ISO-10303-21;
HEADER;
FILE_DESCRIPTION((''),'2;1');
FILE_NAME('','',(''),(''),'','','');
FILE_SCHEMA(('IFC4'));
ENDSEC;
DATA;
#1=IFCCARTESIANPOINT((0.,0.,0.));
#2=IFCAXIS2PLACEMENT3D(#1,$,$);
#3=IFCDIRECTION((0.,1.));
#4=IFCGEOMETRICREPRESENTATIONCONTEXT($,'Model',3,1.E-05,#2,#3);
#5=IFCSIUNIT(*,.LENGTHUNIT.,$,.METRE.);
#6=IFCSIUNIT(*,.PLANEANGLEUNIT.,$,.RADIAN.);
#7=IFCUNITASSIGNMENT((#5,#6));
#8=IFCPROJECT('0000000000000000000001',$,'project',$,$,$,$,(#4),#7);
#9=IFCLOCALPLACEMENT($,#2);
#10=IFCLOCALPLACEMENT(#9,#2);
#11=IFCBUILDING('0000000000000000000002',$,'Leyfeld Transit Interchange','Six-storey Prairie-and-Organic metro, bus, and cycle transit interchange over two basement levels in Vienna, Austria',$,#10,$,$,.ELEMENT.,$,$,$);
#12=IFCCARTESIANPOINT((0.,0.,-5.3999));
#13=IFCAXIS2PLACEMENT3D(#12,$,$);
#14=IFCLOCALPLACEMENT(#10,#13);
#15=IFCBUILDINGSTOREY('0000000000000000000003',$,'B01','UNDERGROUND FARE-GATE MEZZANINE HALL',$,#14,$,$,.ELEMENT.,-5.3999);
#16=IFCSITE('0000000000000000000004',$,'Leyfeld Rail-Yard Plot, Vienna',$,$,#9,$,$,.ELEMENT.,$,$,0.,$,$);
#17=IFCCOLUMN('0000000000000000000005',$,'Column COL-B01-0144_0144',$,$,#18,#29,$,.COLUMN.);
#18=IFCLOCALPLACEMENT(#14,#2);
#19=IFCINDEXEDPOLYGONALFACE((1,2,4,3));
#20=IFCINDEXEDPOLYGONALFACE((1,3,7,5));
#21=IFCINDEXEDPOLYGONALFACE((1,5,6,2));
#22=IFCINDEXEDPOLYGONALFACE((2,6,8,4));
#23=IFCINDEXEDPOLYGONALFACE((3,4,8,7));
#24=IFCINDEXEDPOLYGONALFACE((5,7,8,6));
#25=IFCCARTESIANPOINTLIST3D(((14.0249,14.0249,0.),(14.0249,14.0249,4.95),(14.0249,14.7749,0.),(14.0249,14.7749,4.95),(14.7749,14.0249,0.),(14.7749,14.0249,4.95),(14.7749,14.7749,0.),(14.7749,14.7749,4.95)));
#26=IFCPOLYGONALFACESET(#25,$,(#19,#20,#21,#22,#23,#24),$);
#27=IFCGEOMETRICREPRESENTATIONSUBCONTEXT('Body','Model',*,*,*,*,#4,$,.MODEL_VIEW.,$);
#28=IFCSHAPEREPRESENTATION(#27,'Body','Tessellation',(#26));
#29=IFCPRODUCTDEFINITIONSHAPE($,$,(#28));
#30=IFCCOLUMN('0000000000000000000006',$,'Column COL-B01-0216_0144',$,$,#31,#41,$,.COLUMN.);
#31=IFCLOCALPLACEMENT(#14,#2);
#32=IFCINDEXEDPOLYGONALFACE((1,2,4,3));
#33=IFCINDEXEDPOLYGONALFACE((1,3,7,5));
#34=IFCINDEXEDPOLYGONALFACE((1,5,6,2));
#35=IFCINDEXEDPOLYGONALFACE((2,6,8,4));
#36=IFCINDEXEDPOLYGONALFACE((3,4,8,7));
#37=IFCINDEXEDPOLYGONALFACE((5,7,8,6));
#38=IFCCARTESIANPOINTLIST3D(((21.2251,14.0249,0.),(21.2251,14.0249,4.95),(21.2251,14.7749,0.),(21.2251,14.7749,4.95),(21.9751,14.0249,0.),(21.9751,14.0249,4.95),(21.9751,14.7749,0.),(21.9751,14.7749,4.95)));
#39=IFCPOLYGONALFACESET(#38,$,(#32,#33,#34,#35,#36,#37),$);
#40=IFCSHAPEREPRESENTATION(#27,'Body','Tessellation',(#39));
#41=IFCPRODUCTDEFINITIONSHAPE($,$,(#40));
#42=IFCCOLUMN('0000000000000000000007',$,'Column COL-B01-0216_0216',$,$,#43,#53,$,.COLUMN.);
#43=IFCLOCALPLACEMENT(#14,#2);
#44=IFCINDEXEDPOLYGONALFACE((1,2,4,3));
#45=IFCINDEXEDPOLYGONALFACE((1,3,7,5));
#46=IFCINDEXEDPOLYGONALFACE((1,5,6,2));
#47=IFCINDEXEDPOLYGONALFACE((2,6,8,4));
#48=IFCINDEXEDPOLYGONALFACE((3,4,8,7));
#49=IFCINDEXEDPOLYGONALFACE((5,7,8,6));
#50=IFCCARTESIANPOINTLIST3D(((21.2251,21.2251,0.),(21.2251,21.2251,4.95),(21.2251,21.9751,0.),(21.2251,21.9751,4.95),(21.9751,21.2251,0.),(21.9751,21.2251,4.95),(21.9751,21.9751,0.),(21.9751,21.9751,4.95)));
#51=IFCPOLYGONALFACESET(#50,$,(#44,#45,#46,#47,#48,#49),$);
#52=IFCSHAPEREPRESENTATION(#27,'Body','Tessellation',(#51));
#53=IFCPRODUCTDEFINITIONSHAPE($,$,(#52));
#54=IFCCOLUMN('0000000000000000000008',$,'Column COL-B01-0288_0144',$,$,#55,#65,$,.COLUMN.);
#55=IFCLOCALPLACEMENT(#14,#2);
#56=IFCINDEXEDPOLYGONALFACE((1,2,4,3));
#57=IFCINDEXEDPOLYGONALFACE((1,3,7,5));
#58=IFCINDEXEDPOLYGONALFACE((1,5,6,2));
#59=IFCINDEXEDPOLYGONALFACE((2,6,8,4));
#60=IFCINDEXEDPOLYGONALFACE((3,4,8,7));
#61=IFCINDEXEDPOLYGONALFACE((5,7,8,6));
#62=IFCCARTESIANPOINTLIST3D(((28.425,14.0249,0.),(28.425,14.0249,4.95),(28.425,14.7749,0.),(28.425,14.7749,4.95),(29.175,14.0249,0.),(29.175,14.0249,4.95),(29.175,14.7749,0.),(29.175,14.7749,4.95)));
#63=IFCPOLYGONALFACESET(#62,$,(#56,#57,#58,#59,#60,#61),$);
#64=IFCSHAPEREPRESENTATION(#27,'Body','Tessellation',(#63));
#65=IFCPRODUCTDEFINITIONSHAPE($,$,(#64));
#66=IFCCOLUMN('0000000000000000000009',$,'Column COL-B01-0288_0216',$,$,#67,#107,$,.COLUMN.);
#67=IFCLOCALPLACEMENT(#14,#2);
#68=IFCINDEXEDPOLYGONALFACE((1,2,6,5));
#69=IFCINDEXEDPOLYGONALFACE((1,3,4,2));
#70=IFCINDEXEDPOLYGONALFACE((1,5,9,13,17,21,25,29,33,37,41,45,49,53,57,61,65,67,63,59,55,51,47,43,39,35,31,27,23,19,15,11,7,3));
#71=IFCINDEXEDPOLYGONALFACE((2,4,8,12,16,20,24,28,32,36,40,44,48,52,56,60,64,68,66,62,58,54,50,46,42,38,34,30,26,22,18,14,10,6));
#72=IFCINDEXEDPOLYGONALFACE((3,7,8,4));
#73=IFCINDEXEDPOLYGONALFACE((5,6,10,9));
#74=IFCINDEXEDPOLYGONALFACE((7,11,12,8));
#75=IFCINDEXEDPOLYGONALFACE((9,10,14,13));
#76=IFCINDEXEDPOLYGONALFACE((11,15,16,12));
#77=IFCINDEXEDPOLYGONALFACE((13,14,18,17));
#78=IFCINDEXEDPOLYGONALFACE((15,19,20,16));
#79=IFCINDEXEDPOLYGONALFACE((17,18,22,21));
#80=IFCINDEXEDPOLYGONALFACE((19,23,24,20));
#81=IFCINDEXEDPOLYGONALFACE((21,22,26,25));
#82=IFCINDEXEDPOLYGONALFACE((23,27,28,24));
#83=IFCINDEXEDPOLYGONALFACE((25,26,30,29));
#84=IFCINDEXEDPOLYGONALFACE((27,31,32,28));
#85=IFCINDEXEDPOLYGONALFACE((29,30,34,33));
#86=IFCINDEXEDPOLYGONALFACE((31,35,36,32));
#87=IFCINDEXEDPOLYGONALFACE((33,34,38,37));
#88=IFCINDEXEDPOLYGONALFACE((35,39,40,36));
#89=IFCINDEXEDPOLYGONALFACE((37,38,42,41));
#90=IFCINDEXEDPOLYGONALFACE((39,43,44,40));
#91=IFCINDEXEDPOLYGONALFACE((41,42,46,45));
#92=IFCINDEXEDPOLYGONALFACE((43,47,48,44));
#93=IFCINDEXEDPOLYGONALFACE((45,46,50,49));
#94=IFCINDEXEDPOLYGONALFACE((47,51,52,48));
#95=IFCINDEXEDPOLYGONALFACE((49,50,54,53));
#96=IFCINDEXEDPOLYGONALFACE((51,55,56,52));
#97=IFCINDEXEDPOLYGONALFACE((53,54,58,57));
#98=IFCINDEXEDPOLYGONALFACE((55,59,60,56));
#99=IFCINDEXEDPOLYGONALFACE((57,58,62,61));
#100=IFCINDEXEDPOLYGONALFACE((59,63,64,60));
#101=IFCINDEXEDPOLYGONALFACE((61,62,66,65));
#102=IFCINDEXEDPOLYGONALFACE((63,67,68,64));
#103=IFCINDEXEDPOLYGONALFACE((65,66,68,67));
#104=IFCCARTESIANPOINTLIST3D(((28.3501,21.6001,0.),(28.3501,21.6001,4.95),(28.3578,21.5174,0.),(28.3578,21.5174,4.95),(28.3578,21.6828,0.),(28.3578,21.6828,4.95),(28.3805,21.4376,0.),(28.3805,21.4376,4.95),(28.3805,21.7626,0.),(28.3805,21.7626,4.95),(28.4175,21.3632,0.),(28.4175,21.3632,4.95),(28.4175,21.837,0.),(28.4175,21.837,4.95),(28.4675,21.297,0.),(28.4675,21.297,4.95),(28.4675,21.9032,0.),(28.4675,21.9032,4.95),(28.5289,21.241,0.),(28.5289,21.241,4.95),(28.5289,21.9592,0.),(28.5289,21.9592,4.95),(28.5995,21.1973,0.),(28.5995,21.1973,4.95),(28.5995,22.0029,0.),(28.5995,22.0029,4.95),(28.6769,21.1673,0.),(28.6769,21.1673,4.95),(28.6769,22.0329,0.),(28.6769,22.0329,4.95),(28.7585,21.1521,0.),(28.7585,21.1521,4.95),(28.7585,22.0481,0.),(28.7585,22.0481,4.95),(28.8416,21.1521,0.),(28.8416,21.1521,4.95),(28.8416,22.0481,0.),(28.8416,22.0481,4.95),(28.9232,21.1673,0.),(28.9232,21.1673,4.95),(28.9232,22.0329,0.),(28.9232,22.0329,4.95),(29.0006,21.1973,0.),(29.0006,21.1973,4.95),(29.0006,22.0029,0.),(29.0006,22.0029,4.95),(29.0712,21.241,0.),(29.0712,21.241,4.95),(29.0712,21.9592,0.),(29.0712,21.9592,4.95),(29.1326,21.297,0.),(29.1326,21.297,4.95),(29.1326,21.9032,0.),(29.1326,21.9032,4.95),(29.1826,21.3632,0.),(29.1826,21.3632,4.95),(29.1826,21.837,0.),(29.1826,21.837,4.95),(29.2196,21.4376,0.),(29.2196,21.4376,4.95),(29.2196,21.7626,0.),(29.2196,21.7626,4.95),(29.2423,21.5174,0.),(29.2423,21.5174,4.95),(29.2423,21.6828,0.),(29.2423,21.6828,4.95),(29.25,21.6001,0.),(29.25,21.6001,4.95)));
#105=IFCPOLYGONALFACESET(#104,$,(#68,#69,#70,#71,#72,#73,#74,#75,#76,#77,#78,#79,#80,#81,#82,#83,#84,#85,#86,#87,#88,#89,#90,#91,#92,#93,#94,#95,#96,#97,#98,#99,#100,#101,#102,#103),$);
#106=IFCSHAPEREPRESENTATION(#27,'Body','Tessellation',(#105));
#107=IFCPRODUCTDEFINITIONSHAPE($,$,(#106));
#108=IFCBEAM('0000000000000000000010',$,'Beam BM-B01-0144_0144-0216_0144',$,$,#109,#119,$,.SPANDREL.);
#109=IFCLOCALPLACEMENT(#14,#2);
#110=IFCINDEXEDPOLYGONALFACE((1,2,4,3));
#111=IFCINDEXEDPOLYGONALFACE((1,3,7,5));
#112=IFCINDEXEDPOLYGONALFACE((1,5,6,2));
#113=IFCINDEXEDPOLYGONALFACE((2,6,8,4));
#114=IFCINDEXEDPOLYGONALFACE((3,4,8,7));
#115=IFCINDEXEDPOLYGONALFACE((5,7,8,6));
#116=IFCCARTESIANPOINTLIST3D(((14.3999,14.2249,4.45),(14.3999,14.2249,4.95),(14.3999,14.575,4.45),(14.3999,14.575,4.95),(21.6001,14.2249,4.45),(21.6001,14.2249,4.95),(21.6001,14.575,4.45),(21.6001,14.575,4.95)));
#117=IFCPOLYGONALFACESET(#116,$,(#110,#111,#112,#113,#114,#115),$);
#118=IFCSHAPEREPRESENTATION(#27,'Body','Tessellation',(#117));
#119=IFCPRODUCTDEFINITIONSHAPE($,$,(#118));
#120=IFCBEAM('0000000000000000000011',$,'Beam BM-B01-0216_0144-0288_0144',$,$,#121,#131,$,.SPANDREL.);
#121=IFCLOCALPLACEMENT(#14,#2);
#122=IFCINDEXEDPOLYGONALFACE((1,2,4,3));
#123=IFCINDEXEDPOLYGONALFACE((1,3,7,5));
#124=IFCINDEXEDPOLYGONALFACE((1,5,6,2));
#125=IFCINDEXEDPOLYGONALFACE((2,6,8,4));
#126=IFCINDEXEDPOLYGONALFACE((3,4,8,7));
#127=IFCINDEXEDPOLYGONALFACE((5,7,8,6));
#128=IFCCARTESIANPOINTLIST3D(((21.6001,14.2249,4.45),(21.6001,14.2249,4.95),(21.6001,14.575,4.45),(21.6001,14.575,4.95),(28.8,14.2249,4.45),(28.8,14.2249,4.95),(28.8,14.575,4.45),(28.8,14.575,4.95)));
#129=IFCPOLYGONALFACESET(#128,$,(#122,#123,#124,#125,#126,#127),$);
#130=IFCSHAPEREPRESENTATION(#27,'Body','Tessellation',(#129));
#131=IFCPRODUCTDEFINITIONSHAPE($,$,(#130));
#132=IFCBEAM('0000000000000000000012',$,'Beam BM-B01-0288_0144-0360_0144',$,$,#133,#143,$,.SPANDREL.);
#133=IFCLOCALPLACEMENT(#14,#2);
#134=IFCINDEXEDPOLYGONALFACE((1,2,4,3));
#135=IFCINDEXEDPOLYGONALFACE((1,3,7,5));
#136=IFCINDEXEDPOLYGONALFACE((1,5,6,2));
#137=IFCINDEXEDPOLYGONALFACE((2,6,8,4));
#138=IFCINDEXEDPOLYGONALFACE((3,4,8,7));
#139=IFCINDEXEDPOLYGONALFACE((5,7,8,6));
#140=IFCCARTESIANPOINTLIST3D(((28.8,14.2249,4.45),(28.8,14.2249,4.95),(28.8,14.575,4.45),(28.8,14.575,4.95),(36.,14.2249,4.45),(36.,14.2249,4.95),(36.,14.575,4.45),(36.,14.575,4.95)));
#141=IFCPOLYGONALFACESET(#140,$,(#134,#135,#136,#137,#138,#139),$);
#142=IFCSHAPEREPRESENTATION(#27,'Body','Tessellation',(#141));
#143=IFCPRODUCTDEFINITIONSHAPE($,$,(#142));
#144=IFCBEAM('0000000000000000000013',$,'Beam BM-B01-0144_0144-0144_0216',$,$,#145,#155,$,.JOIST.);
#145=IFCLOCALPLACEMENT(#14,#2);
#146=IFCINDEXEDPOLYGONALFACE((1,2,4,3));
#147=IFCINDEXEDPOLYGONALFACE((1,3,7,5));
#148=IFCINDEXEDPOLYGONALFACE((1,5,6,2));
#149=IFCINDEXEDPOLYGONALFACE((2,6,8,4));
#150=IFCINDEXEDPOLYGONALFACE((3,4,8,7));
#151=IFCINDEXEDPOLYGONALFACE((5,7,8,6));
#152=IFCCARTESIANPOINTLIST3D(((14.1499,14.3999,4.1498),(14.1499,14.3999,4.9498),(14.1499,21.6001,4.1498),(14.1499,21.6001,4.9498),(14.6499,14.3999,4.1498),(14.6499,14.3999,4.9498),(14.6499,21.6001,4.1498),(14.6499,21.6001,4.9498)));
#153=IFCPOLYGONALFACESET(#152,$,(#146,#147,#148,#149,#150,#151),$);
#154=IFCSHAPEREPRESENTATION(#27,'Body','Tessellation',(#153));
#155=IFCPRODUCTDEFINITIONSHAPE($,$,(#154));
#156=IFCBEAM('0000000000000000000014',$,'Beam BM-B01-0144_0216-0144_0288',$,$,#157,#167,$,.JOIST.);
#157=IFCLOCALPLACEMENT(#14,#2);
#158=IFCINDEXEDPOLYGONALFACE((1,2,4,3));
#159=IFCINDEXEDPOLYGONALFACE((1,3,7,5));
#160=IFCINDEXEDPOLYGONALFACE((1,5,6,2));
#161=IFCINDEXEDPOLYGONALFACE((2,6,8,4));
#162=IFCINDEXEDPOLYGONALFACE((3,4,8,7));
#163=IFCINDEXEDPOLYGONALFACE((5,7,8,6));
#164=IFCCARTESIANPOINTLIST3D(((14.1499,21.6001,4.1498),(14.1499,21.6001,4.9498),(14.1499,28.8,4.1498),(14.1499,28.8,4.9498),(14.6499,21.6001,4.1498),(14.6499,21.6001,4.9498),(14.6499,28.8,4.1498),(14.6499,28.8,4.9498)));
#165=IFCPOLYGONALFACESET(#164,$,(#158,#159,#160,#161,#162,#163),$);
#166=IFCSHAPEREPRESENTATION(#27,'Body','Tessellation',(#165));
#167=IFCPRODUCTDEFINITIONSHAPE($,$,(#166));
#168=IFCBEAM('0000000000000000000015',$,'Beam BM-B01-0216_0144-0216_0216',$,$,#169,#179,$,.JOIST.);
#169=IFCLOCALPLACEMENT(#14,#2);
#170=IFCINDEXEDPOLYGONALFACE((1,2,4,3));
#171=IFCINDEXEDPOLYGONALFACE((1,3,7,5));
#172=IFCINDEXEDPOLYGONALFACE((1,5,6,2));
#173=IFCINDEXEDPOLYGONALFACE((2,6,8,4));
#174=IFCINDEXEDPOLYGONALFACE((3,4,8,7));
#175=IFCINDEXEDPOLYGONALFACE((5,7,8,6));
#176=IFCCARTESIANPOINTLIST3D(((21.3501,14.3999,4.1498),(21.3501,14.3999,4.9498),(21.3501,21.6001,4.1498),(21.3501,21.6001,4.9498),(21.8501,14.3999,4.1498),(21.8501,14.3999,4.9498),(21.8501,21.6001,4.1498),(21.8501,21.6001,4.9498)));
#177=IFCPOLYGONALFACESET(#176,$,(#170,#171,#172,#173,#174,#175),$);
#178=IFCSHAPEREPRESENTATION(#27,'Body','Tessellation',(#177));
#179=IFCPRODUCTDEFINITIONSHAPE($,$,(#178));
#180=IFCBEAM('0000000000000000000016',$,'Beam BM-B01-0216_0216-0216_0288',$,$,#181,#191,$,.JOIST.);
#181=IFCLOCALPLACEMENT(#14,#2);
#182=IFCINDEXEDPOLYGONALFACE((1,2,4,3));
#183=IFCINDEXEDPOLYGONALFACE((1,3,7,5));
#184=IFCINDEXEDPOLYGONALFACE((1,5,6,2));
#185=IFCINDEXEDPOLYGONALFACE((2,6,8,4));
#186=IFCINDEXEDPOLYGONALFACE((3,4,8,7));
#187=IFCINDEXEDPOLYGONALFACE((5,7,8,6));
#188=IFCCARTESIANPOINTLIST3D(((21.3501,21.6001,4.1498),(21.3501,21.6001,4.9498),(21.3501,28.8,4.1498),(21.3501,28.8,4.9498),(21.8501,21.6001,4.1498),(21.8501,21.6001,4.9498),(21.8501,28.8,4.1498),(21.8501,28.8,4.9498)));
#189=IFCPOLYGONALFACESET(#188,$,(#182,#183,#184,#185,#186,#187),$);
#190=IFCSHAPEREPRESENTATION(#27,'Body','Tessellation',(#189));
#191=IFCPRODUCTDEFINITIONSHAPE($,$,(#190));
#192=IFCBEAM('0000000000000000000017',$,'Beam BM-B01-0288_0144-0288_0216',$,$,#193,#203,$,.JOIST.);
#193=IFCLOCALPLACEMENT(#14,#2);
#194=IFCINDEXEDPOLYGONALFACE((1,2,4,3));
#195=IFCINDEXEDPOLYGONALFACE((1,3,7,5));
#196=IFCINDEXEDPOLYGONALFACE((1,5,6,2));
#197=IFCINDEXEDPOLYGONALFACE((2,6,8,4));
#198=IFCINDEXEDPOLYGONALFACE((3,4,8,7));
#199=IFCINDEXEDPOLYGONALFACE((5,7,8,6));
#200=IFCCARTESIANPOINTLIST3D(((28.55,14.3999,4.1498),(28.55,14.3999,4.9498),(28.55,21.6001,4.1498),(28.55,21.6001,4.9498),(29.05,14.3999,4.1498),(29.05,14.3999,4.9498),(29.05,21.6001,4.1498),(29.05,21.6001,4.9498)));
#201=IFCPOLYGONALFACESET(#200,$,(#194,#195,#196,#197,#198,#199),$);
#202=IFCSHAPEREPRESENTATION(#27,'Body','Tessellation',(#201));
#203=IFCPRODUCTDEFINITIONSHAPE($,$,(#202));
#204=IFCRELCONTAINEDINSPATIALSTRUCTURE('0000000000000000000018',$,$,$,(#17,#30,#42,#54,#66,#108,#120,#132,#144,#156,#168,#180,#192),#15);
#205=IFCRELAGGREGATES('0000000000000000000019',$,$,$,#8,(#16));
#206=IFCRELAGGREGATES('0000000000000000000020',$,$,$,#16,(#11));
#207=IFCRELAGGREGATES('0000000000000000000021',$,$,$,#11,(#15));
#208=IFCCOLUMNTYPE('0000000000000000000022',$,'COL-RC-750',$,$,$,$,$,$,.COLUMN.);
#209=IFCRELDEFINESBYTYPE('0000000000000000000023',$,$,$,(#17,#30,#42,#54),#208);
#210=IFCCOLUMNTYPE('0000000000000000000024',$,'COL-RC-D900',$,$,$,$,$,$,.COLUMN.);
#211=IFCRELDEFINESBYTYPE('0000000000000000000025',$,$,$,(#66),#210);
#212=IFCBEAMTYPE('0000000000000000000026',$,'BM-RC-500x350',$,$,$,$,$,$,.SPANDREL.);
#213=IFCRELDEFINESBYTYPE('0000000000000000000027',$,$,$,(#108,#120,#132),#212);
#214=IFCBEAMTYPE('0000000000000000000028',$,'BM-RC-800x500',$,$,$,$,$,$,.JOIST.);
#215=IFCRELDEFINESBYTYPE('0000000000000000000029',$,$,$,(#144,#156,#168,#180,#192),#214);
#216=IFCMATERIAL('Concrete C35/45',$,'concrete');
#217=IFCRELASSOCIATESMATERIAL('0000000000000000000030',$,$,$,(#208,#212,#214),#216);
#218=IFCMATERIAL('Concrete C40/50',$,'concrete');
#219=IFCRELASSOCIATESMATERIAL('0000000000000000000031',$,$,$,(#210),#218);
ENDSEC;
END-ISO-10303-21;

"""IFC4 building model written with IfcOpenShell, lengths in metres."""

from ifc_helpers import new_model, si_unit, direction, frame, origin, origin_2d, place, context, subcontext, project, spatial, rectangle, circle, extrude, material, material_profile, profile_set, type_object, element, save


model = new_model("IFC4")

# Units and contexts
model_context = context("Model", 3, precision=1e-05, world=origin(), true_north=direction((0.0, 1.0)))
body_context = subcontext(model_context, "Body", "Model", "MODEL_VIEW")
ifc_project = project(units=[si_unit("LENGTHUNIT", "METRE"), si_unit("PLANEANGLEUNIT", "RADIAN")], contexts=[model_context])

# Site, building, storey
site_placement = place(None, origin())
site = spatial("IfcSite", under=ifc_project, at=site_placement, Name="Leyfeld Rail-Yard Plot, Vienna", CompositionType="ELEMENT", RefElevation=0.0)
building_placement = place(site_placement, origin())
building = spatial("IfcBuilding", under=site, at=building_placement, Name="Leyfeld Transit Interchange", Description="Six-storey Prairie-and-Organic metro, bus, and cycle transit interchange over two basement levels in Vienna, Austria", CompositionType="ELEMENT")
storey_placement = place(building_placement, frame((0.0, 0.0, -5.3999)))
storey = spatial("IfcBuildingStorey", under=building, at=storey_placement, Name="B01", Description="UNDERGROUND FARE-GATE MEZZANINE HALL", CompositionType="ELEMENT", Elevation=-5.3999)

# Columns
ifc_material_1 = material(Name="Concrete C35/45", Category="concrete")
ifc_material_profile_1 = material_profile(ifc_material_1, rectangle(XDim=0.75, YDim=0.75, at=origin_2d()), Name="RC 750x750")
ifc_profile_set_1 = profile_set([ifc_material_profile_1], Name="Concrete C35/45")
column_type_1 = type_object("IfcColumnType", Name="COL-RC-750", PredefinedType="COLUMN", material=ifc_profile_set_1)
for number, where, z_axis, x_axis, name in (
    (1, (14.3999, 14.3999, 0.0), (0.0, 0.0, 1.0), (1.0, 0.0, 0.0), "Column COL-B01-0144_0144"),
    (2, (21.6001, 14.3999, 0.0), (0.0, 0.0, 1.0), (1.0, 0.0, 0.0), "Column COL-B01-0216_0144"),
    (3, (21.6001, 21.6001, 0.0), (0.0, 0.0, 1.0), (1.0, 0.0, 0.0), "Column COL-B01-0216_0216"),
    (4, (28.8, 14.3999, 0.0), (0.0, 0.0, 1.0), (1.0, 0.0, 0.0), "Column COL-B01-0288_0144"),
):
    element("IfcColumn", number, at=place(storey_placement, frame(where, z_axis=z_axis, x_axis=x_axis)), inside=storey, type_object=column_type_1, Name=name, PredefinedType="COLUMN", context=body_context, shape_type="SweptSolid", body=[
        extrude(rectangle(XDim=0.75, YDim=0.75, at=origin_2d()), origin(), (0.0, 0.0, 1.0), 4.95),
    ])
ifc_material_2 = material(Name="Concrete C40/50", Category="concrete")
ifc_material_profile_2 = material_profile(ifc_material_2, circle(Radius=0.45, at=origin_2d()), Name="RC D900")
ifc_profile_set_2 = profile_set([ifc_material_profile_2], Name="Concrete C40/50")
column_type_2 = type_object("IfcColumnType", Name="COL-RC-D900", PredefinedType="COLUMN", material=ifc_profile_set_2)
column_placement = place(storey_placement, frame((28.8, 21.6001, 0.0), z_axis=(0.0, 0.0, 1.0), x_axis=(1.0, 0.0, 0.0)))
element("IfcColumn", 5, at=column_placement, inside=storey, type_object=column_type_2, Name="Column COL-B01-0288_0216", PredefinedType="COLUMN", context=body_context, shape_type="SweptSolid", body=[
    extrude(circle(Radius=0.45, at=origin_2d()), origin(), (0.0, 0.0, 1.0), 4.95),
])

# Beams
ifc_material_profile_3 = material_profile(ifc_material_1, rectangle(XDim=0.3501, YDim=0.5, at=origin_2d()), Name="RC 500x350")
ifc_profile_set_3 = profile_set([ifc_material_profile_3], Name="Concrete C35/45")
beam_type_1 = type_object("IfcBeamType", Name="BM-RC-500x350", PredefinedType="SPANDREL", material=ifc_profile_set_3)
beam_1_placement = place(storey_placement, frame((14.3999, 14.3999, 4.7), z_axis=(1.0, 0.0, 0.0), x_axis=(0.0, 1.0, 0.0)))
element("IfcBeam", 6, at=beam_1_placement, inside=storey, type_object=beam_type_1, Name="Beam BM-B01-0144_0144-0216_0144", PredefinedType="SPANDREL", context=body_context, shape_type="SweptSolid", body=[
    extrude(rectangle(XDim=0.3501, YDim=0.5, at=origin_2d()), origin(), (0.0, 0.0, 1.0), 7.2002),
])
for number, where, z_axis, x_axis, name in (
    (7, (21.6001, 14.3999, 4.7), (1.0, 0.0, 0.0), (0.0, 1.0, 0.0), "Beam BM-B01-0216_0144-0288_0144"),
    (8, (28.8, 14.3999, 4.7), (1.0, 0.0, 0.0), (0.0, 1.0, 0.0), "Beam BM-B01-0288_0144-0360_0144"),
):
    element("IfcBeam", number, at=place(storey_placement, frame(where, z_axis=z_axis, x_axis=x_axis)), inside=storey, type_object=beam_type_1, Name=name, PredefinedType="SPANDREL", context=body_context, shape_type="SweptSolid", body=[
        extrude(rectangle(XDim=0.3501, YDim=0.5, at=origin_2d()), origin(), (0.0, 0.0, 1.0), 7.2),
    ])
ifc_material_profile_4 = material_profile(ifc_material_1, rectangle(XDim=0.5, YDim=0.8, at=origin_2d()), Name="RC 800x500")
ifc_profile_set_4 = profile_set([ifc_material_profile_4], Name="Concrete C35/45")
beam_type_2 = type_object("IfcBeamType", Name="BM-RC-800x500", PredefinedType="JOIST", material=ifc_profile_set_4)
beam_2_placement = place(storey_placement, frame((14.3999, 14.3999, 4.5498), z_axis=(0.0, 1.0, 0.0), x_axis=(-1.0, 0.0, 0.0)))
element("IfcBeam", 9, at=beam_2_placement, inside=storey, type_object=beam_type_2, Name="Beam BM-B01-0144_0144-0144_0216", PredefinedType="JOIST", context=body_context, shape_type="SweptSolid", body=[
    extrude(rectangle(XDim=0.5, YDim=0.8, at=origin_2d()), origin(), (0.0, 0.0, 1.0), 7.2002),
])
beam_3_placement = place(storey_placement, frame((14.3999, 21.6001, 4.5498), z_axis=(0.0, 1.0, 0.0), x_axis=(-1.0, 0.0, 0.0)))
element("IfcBeam", 10, at=beam_3_placement, inside=storey, type_object=beam_type_2, Name="Beam BM-B01-0144_0216-0144_0288", PredefinedType="JOIST", context=body_context, shape_type="SweptSolid", body=[
    extrude(rectangle(XDim=0.5, YDim=0.8, at=origin_2d()), origin(), (0.0, 0.0, 1.0), 7.2),
])
beam_4_placement = place(storey_placement, frame((21.6001, 14.3999, 4.5498), z_axis=(0.0, 1.0, 0.0), x_axis=(-1.0, 0.0, 0.0)))
element("IfcBeam", 11, at=beam_4_placement, inside=storey, type_object=beam_type_2, Name="Beam BM-B01-0216_0144-0216_0216", PredefinedType="JOIST", context=body_context, shape_type="SweptSolid", body=[
    extrude(rectangle(XDim=0.5, YDim=0.8, at=origin_2d()), origin(), (0.0, 0.0, 1.0), 7.2002),
])
beam_5_placement = place(storey_placement, frame((21.6001, 21.6001, 4.5498), z_axis=(0.0, 1.0, 0.0), x_axis=(-1.0, 0.0, 0.0)))
element("IfcBeam", 12, at=beam_5_placement, inside=storey, type_object=beam_type_2, Name="Beam BM-B01-0216_0216-0216_0288", PredefinedType="JOIST", context=body_context, shape_type="SweptSolid", body=[
    extrude(rectangle(XDim=0.5, YDim=0.8, at=origin_2d()), origin(), (0.0, 0.0, 1.0), 7.2),
])
beam_6_placement = place(storey_placement, frame((28.8, 14.3999, 4.5498), z_axis=(0.0, 1.0, 0.0), x_axis=(-1.0, 0.0, 0.0)))
element("IfcBeam", 13, at=beam_6_placement, inside=storey, type_object=beam_type_2, Name="Beam BM-B01-0288_0144-0288_0216", PredefinedType="JOIST", context=body_context, shape_type="SweptSolid", body=[
    extrude(rectangle(XDim=0.5, YDim=0.8, at=origin_2d()), origin(), (0.0, 0.0, 1.0), 7.2002),
])

save(model, "model.ifc")
